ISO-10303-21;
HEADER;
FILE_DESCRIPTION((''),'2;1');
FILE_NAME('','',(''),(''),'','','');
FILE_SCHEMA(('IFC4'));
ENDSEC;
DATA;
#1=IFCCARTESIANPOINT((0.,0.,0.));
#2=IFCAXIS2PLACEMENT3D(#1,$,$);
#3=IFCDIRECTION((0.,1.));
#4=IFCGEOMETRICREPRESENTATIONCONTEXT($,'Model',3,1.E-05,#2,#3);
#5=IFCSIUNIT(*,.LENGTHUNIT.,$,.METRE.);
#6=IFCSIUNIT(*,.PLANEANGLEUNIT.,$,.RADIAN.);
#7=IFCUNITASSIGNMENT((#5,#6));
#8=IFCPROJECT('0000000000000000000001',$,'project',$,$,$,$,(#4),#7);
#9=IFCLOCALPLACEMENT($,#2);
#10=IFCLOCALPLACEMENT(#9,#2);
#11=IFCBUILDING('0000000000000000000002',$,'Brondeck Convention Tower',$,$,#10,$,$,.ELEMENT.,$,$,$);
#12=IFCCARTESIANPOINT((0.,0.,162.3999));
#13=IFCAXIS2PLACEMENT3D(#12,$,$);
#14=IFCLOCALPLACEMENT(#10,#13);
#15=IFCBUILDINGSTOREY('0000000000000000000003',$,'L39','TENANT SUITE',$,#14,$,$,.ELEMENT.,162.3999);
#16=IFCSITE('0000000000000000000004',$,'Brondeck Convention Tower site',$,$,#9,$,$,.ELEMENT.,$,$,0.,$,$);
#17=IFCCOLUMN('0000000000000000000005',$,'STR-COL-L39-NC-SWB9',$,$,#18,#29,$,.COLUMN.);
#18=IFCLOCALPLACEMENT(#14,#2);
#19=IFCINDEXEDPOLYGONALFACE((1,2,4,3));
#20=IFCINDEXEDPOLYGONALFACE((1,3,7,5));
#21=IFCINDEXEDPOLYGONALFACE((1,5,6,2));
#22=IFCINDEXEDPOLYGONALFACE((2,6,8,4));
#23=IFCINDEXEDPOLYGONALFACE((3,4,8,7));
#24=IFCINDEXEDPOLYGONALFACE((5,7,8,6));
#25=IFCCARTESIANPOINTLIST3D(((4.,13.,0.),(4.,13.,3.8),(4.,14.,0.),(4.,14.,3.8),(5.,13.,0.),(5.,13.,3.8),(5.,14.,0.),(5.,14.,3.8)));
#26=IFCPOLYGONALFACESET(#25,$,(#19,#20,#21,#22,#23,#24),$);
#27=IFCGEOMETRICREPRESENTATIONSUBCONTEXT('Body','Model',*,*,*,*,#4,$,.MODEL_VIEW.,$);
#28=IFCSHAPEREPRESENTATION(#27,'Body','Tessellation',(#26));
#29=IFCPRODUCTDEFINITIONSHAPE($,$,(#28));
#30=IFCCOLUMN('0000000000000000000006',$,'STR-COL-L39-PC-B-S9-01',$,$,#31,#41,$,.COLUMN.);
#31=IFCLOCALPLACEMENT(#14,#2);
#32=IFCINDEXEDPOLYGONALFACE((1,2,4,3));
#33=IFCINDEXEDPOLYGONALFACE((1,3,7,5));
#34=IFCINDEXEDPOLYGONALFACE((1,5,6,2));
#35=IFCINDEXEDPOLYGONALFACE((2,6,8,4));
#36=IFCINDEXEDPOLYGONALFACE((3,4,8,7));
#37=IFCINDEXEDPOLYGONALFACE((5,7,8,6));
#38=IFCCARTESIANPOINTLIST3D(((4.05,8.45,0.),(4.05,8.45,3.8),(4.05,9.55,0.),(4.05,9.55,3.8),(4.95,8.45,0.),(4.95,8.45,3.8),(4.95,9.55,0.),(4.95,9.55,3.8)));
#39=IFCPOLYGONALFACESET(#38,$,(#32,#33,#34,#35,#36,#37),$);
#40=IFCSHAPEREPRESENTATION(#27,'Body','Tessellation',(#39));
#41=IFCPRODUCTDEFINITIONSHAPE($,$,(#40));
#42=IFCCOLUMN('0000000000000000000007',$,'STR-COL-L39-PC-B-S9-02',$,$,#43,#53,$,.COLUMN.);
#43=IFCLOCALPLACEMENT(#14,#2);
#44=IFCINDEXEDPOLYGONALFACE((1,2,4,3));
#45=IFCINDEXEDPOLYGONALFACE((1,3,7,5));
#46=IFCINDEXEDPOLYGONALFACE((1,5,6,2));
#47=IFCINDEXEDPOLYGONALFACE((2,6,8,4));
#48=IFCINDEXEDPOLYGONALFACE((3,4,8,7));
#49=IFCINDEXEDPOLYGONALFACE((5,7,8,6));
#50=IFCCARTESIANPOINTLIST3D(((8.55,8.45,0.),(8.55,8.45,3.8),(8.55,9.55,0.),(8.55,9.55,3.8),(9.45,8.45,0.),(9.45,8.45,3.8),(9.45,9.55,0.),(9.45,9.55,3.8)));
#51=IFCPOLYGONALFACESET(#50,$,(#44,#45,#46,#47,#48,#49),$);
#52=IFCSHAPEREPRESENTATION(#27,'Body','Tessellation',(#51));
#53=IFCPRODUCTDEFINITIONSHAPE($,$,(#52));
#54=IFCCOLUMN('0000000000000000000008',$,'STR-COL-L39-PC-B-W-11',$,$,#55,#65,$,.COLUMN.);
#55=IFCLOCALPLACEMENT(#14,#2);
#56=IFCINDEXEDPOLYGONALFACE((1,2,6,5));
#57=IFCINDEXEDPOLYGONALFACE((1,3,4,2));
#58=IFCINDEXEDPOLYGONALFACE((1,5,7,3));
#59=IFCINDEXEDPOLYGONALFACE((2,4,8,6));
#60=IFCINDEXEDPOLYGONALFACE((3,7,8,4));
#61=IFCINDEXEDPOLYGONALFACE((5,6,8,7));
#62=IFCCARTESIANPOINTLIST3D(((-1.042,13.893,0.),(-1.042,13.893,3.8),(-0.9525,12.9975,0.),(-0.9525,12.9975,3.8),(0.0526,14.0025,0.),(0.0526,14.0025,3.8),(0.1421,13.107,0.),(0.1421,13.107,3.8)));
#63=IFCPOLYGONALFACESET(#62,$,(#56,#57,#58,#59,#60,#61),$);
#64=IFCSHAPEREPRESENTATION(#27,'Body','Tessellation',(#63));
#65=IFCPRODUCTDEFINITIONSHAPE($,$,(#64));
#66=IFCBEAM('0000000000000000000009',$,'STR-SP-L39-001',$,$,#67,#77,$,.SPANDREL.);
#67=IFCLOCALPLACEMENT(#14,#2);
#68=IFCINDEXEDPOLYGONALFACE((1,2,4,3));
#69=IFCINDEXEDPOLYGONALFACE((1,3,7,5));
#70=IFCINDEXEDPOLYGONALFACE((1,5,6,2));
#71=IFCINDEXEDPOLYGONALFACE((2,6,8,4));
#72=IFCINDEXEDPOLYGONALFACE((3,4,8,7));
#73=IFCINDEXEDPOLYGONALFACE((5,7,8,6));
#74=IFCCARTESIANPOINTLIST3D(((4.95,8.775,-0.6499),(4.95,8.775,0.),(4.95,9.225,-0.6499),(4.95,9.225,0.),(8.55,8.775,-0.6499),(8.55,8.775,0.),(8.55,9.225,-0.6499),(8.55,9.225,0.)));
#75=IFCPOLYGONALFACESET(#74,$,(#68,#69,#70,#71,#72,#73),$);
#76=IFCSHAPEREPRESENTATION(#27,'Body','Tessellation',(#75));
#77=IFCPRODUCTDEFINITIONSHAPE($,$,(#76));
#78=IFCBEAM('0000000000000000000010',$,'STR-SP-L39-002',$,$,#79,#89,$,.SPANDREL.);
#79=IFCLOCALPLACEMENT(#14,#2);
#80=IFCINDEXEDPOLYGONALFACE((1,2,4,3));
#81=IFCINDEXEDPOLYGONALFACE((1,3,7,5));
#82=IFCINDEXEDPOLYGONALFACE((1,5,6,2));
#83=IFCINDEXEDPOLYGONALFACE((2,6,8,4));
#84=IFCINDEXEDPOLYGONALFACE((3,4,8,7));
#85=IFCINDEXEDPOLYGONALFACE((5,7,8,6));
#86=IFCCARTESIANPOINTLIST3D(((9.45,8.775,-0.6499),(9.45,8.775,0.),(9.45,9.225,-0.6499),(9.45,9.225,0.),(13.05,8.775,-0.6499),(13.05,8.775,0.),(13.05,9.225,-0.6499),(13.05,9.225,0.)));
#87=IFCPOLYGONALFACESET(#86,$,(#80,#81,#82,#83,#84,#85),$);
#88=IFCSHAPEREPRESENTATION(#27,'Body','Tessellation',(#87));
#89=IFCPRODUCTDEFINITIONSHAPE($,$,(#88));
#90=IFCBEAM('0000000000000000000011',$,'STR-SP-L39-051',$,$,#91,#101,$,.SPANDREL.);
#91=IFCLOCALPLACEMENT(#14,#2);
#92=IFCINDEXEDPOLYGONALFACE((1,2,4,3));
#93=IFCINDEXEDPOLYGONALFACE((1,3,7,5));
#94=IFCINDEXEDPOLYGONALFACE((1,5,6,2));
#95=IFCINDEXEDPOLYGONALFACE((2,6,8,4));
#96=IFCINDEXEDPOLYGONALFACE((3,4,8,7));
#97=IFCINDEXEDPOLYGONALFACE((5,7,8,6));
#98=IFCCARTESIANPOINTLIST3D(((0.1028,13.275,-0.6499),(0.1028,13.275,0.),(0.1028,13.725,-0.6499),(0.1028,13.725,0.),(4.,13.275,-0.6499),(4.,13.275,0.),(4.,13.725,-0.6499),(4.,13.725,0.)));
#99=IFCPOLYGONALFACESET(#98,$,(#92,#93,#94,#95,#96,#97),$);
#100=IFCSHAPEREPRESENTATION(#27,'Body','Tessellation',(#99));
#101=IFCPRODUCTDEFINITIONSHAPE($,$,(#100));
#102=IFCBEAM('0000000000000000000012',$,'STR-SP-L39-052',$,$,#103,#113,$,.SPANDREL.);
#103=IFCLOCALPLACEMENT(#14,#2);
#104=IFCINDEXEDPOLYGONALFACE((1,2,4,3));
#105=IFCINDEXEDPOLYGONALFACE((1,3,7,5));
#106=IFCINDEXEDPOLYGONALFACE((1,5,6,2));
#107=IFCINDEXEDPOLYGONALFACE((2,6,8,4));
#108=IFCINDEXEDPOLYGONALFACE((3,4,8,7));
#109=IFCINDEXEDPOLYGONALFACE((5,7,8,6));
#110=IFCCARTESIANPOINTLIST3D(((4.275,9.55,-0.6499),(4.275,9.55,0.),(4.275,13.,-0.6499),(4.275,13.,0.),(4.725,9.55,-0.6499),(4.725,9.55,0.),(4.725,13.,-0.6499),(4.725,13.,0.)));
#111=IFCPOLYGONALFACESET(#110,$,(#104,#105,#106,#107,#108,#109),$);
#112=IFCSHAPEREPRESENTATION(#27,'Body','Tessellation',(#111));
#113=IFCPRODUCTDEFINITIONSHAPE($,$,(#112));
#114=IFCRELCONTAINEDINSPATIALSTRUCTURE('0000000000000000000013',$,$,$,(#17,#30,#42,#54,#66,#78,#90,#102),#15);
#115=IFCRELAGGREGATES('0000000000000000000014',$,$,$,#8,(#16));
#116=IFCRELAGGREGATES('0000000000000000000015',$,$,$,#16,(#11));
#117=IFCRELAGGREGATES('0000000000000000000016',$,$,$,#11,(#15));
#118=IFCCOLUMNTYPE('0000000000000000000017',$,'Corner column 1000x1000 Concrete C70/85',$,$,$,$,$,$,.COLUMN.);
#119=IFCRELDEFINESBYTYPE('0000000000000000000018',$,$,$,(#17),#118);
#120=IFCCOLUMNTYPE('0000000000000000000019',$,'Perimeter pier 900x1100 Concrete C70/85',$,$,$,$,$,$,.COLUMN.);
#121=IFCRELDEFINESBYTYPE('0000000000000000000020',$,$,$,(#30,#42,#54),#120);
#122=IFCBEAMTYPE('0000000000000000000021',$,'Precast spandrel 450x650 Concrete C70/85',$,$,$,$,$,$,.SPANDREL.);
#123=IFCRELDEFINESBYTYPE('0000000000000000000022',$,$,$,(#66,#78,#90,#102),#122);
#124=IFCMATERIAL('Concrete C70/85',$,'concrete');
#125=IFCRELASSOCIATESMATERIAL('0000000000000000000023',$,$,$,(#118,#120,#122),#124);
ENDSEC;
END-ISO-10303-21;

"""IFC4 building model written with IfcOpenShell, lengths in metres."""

from ifc_helpers import new_model, si_unit, direction, frame, origin, origin_2d, place, context, subcontext, project, spatial, rectangle, extrude, material, material_profile, profile_set, type_object, element, save


model = new_model("IFC4")

# Units and contexts
model_context = context("Model", 3, precision=1e-05, world=origin(), true_north=direction((0.0, 1.0)))
body_context = subcontext(model_context, "Body", "Model", "MODEL_VIEW")
ifc_project = project(units=[si_unit("LENGTHUNIT", "METRE"), si_unit("PLANEANGLEUNIT", "RADIAN")], contexts=[model_context])

# Site, building, storey
site_placement = place(None, origin())
site = spatial("IfcSite", under=ifc_project, at=site_placement, Name="Brondeck Convention Tower site", CompositionType="ELEMENT", RefElevation=0.0)
building_placement = place(site_placement, origin())
building = spatial("IfcBuilding", under=site, at=building_placement, Name="Brondeck Convention Tower", CompositionType="ELEMENT")
storey_placement = place(building_placement, frame((0.0, 0.0, 162.3999)))
storey = spatial("IfcBuildingStorey", under=building, at=storey_placement, Name="L39", Description="TENANT SUITE", CompositionType="ELEMENT", Elevation=162.3999)

# Columns
ifc_material_1 = material(Name="Concrete C70/85", Category="concrete")
ifc_material_profile_1 = material_profile(ifc_material_1, rectangle(XDim=1.0, YDim=1.0, at=origin_2d()), Name="Corner column 1000x1000 Concrete C70/85")
ifc_profile_set_1 = profile_set([ifc_material_profile_1], Name="Concrete C70/85")
column_type_1 = type_object("IfcColumnType", Name="Corner column 1000x1000 Concrete C70/85", PredefinedType="COLUMN", material=ifc_profile_set_1)
column_placement = place(storey_placement, frame((4.5, 13.5, 0.0), z_axis=(0.0, 0.0, 1.0), x_axis=(1.0, 0.0, 0.0)))
element("IfcColumn", 1, at=column_placement, inside=storey, type_object=column_type_1, Name="STR-COL-L39-NC-SWB9", PredefinedType="COLUMN", context=body_context, shape_type="SweptSolid", body=[
    extrude(rectangle(XDim=1.0, YDim=1.0, at=origin_2d()), origin(), (0.0, 0.0, 1.0), 3.8),
])
ifc_material_profile_2 = material_profile(ifc_material_1, rectangle(XDim=0.8999, YDim=1.1001, at=origin_2d()), Name="Perimeter pier 900x1100 Concrete C70/85")
ifc_profile_set_2 = profile_set([ifc_material_profile_2], Name="Concrete C70/85")
column_type_2 = type_object("IfcColumnType", Name="Perimeter pier 900x1100 Concrete C70/85", PredefinedType="COLUMN", material=ifc_profile_set_2)
for number, where, z_axis, x_axis, name in (
    (2, (4.5, 9.0, 0.0), (0.0, 0.0, 1.0), (1.0, 0.0, 0.0), "STR-COL-L39-PC-B-S9-01"),
    (3, (9.0, 9.0, 0.0), (0.0, 0.0, 1.0), (1.0, 0.0, 0.0), "STR-COL-L39-PC-B-S9-02"),
    (4, (-0.45, 13.5, 0.0), (0.0, 0.0, 1.0), (0.099504, -0.995037, 0.0), "STR-COL-L39-PC-B-W-11"),
):
    element("IfcColumn", number, at=place(storey_placement, frame(where, z_axis=z_axis, x_axis=x_axis)), inside=storey, type_object=column_type_2, Name=name, PredefinedType="COLUMN", context=body_context, shape_type="SweptSolid", body=[
        extrude(rectangle(XDim=0.8999, YDim=1.1001, at=origin_2d()), origin(), (0.0, 0.0, 1.0), 3.8),
    ])

# Beams
ifc_material_profile_3 = material_profile(ifc_material_1, rectangle(XDim=0.45, YDim=0.6499, at=origin_2d()), Name="Precast spandrel 450x650 Concrete C70/85")
ifc_profile_set_3 = profile_set([ifc_material_profile_3], Name="Concrete C70/85")
beam_type = type_object("IfcBeamType", Name="Precast spandrel 450x650 Concrete C70/85", PredefinedType="SPANDREL", material=ifc_profile_set_3)
for number, where, z_axis, x_axis, name in (
    (5, (4.95, 9.0, -0.325), (1.0, 0.0, 0.0), (0.0, 1.0, 0.0), "STR-SP-L39-001"),
    (6, (9.45, 9.0, -0.325), (1.0, 0.0, 0.0), (0.0, 1.0, 0.0), "STR-SP-L39-002"),
):
    element("IfcBeam", number, at=place(storey_placement, frame(where, z_axis=z_axis, x_axis=x_axis)), inside=storey, type_object=beam_type, Name=name, PredefinedType="SPANDREL", context=body_context, shape_type="SweptSolid", body=[
        extrude(rectangle(XDim=0.45, YDim=0.6499, at=origin_2d()), origin(), (0.0, 0.0, 1.0), 3.6001),
    ])
beam_1_placement = place(storey_placement, frame((0.1028, 13.5, -0.325), z_axis=(1.0, 0.0, 0.0), x_axis=(0.0, 1.0, 0.0)))
element("IfcBeam", 7, at=beam_1_placement, inside=storey, type_object=beam_type, Name="STR-SP-L39-051", PredefinedType="SPANDREL", context=body_context, shape_type="SweptSolid", body=[
    extrude(rectangle(XDim=0.45, YDim=0.6499, at=origin_2d()), origin(), (0.0, 0.0, 1.0), 3.8972),
])
beam_2_placement = place(storey_placement, frame((4.5, 13.0, -0.325), z_axis=(0.0, -1.0, 0.0), x_axis=(1.0, 0.0, 0.0)))
element("IfcBeam", 8, at=beam_2_placement, inside=storey, type_object=beam_type, Name="STR-SP-L39-052", PredefinedType="SPANDREL", context=body_context, shape_type="SweptSolid", body=[
    extrude(rectangle(XDim=0.45, YDim=0.6499, at=origin_2d()), origin(), (0.0, 0.0, 1.0), 3.45),
])

save(model, "model.ifc")
